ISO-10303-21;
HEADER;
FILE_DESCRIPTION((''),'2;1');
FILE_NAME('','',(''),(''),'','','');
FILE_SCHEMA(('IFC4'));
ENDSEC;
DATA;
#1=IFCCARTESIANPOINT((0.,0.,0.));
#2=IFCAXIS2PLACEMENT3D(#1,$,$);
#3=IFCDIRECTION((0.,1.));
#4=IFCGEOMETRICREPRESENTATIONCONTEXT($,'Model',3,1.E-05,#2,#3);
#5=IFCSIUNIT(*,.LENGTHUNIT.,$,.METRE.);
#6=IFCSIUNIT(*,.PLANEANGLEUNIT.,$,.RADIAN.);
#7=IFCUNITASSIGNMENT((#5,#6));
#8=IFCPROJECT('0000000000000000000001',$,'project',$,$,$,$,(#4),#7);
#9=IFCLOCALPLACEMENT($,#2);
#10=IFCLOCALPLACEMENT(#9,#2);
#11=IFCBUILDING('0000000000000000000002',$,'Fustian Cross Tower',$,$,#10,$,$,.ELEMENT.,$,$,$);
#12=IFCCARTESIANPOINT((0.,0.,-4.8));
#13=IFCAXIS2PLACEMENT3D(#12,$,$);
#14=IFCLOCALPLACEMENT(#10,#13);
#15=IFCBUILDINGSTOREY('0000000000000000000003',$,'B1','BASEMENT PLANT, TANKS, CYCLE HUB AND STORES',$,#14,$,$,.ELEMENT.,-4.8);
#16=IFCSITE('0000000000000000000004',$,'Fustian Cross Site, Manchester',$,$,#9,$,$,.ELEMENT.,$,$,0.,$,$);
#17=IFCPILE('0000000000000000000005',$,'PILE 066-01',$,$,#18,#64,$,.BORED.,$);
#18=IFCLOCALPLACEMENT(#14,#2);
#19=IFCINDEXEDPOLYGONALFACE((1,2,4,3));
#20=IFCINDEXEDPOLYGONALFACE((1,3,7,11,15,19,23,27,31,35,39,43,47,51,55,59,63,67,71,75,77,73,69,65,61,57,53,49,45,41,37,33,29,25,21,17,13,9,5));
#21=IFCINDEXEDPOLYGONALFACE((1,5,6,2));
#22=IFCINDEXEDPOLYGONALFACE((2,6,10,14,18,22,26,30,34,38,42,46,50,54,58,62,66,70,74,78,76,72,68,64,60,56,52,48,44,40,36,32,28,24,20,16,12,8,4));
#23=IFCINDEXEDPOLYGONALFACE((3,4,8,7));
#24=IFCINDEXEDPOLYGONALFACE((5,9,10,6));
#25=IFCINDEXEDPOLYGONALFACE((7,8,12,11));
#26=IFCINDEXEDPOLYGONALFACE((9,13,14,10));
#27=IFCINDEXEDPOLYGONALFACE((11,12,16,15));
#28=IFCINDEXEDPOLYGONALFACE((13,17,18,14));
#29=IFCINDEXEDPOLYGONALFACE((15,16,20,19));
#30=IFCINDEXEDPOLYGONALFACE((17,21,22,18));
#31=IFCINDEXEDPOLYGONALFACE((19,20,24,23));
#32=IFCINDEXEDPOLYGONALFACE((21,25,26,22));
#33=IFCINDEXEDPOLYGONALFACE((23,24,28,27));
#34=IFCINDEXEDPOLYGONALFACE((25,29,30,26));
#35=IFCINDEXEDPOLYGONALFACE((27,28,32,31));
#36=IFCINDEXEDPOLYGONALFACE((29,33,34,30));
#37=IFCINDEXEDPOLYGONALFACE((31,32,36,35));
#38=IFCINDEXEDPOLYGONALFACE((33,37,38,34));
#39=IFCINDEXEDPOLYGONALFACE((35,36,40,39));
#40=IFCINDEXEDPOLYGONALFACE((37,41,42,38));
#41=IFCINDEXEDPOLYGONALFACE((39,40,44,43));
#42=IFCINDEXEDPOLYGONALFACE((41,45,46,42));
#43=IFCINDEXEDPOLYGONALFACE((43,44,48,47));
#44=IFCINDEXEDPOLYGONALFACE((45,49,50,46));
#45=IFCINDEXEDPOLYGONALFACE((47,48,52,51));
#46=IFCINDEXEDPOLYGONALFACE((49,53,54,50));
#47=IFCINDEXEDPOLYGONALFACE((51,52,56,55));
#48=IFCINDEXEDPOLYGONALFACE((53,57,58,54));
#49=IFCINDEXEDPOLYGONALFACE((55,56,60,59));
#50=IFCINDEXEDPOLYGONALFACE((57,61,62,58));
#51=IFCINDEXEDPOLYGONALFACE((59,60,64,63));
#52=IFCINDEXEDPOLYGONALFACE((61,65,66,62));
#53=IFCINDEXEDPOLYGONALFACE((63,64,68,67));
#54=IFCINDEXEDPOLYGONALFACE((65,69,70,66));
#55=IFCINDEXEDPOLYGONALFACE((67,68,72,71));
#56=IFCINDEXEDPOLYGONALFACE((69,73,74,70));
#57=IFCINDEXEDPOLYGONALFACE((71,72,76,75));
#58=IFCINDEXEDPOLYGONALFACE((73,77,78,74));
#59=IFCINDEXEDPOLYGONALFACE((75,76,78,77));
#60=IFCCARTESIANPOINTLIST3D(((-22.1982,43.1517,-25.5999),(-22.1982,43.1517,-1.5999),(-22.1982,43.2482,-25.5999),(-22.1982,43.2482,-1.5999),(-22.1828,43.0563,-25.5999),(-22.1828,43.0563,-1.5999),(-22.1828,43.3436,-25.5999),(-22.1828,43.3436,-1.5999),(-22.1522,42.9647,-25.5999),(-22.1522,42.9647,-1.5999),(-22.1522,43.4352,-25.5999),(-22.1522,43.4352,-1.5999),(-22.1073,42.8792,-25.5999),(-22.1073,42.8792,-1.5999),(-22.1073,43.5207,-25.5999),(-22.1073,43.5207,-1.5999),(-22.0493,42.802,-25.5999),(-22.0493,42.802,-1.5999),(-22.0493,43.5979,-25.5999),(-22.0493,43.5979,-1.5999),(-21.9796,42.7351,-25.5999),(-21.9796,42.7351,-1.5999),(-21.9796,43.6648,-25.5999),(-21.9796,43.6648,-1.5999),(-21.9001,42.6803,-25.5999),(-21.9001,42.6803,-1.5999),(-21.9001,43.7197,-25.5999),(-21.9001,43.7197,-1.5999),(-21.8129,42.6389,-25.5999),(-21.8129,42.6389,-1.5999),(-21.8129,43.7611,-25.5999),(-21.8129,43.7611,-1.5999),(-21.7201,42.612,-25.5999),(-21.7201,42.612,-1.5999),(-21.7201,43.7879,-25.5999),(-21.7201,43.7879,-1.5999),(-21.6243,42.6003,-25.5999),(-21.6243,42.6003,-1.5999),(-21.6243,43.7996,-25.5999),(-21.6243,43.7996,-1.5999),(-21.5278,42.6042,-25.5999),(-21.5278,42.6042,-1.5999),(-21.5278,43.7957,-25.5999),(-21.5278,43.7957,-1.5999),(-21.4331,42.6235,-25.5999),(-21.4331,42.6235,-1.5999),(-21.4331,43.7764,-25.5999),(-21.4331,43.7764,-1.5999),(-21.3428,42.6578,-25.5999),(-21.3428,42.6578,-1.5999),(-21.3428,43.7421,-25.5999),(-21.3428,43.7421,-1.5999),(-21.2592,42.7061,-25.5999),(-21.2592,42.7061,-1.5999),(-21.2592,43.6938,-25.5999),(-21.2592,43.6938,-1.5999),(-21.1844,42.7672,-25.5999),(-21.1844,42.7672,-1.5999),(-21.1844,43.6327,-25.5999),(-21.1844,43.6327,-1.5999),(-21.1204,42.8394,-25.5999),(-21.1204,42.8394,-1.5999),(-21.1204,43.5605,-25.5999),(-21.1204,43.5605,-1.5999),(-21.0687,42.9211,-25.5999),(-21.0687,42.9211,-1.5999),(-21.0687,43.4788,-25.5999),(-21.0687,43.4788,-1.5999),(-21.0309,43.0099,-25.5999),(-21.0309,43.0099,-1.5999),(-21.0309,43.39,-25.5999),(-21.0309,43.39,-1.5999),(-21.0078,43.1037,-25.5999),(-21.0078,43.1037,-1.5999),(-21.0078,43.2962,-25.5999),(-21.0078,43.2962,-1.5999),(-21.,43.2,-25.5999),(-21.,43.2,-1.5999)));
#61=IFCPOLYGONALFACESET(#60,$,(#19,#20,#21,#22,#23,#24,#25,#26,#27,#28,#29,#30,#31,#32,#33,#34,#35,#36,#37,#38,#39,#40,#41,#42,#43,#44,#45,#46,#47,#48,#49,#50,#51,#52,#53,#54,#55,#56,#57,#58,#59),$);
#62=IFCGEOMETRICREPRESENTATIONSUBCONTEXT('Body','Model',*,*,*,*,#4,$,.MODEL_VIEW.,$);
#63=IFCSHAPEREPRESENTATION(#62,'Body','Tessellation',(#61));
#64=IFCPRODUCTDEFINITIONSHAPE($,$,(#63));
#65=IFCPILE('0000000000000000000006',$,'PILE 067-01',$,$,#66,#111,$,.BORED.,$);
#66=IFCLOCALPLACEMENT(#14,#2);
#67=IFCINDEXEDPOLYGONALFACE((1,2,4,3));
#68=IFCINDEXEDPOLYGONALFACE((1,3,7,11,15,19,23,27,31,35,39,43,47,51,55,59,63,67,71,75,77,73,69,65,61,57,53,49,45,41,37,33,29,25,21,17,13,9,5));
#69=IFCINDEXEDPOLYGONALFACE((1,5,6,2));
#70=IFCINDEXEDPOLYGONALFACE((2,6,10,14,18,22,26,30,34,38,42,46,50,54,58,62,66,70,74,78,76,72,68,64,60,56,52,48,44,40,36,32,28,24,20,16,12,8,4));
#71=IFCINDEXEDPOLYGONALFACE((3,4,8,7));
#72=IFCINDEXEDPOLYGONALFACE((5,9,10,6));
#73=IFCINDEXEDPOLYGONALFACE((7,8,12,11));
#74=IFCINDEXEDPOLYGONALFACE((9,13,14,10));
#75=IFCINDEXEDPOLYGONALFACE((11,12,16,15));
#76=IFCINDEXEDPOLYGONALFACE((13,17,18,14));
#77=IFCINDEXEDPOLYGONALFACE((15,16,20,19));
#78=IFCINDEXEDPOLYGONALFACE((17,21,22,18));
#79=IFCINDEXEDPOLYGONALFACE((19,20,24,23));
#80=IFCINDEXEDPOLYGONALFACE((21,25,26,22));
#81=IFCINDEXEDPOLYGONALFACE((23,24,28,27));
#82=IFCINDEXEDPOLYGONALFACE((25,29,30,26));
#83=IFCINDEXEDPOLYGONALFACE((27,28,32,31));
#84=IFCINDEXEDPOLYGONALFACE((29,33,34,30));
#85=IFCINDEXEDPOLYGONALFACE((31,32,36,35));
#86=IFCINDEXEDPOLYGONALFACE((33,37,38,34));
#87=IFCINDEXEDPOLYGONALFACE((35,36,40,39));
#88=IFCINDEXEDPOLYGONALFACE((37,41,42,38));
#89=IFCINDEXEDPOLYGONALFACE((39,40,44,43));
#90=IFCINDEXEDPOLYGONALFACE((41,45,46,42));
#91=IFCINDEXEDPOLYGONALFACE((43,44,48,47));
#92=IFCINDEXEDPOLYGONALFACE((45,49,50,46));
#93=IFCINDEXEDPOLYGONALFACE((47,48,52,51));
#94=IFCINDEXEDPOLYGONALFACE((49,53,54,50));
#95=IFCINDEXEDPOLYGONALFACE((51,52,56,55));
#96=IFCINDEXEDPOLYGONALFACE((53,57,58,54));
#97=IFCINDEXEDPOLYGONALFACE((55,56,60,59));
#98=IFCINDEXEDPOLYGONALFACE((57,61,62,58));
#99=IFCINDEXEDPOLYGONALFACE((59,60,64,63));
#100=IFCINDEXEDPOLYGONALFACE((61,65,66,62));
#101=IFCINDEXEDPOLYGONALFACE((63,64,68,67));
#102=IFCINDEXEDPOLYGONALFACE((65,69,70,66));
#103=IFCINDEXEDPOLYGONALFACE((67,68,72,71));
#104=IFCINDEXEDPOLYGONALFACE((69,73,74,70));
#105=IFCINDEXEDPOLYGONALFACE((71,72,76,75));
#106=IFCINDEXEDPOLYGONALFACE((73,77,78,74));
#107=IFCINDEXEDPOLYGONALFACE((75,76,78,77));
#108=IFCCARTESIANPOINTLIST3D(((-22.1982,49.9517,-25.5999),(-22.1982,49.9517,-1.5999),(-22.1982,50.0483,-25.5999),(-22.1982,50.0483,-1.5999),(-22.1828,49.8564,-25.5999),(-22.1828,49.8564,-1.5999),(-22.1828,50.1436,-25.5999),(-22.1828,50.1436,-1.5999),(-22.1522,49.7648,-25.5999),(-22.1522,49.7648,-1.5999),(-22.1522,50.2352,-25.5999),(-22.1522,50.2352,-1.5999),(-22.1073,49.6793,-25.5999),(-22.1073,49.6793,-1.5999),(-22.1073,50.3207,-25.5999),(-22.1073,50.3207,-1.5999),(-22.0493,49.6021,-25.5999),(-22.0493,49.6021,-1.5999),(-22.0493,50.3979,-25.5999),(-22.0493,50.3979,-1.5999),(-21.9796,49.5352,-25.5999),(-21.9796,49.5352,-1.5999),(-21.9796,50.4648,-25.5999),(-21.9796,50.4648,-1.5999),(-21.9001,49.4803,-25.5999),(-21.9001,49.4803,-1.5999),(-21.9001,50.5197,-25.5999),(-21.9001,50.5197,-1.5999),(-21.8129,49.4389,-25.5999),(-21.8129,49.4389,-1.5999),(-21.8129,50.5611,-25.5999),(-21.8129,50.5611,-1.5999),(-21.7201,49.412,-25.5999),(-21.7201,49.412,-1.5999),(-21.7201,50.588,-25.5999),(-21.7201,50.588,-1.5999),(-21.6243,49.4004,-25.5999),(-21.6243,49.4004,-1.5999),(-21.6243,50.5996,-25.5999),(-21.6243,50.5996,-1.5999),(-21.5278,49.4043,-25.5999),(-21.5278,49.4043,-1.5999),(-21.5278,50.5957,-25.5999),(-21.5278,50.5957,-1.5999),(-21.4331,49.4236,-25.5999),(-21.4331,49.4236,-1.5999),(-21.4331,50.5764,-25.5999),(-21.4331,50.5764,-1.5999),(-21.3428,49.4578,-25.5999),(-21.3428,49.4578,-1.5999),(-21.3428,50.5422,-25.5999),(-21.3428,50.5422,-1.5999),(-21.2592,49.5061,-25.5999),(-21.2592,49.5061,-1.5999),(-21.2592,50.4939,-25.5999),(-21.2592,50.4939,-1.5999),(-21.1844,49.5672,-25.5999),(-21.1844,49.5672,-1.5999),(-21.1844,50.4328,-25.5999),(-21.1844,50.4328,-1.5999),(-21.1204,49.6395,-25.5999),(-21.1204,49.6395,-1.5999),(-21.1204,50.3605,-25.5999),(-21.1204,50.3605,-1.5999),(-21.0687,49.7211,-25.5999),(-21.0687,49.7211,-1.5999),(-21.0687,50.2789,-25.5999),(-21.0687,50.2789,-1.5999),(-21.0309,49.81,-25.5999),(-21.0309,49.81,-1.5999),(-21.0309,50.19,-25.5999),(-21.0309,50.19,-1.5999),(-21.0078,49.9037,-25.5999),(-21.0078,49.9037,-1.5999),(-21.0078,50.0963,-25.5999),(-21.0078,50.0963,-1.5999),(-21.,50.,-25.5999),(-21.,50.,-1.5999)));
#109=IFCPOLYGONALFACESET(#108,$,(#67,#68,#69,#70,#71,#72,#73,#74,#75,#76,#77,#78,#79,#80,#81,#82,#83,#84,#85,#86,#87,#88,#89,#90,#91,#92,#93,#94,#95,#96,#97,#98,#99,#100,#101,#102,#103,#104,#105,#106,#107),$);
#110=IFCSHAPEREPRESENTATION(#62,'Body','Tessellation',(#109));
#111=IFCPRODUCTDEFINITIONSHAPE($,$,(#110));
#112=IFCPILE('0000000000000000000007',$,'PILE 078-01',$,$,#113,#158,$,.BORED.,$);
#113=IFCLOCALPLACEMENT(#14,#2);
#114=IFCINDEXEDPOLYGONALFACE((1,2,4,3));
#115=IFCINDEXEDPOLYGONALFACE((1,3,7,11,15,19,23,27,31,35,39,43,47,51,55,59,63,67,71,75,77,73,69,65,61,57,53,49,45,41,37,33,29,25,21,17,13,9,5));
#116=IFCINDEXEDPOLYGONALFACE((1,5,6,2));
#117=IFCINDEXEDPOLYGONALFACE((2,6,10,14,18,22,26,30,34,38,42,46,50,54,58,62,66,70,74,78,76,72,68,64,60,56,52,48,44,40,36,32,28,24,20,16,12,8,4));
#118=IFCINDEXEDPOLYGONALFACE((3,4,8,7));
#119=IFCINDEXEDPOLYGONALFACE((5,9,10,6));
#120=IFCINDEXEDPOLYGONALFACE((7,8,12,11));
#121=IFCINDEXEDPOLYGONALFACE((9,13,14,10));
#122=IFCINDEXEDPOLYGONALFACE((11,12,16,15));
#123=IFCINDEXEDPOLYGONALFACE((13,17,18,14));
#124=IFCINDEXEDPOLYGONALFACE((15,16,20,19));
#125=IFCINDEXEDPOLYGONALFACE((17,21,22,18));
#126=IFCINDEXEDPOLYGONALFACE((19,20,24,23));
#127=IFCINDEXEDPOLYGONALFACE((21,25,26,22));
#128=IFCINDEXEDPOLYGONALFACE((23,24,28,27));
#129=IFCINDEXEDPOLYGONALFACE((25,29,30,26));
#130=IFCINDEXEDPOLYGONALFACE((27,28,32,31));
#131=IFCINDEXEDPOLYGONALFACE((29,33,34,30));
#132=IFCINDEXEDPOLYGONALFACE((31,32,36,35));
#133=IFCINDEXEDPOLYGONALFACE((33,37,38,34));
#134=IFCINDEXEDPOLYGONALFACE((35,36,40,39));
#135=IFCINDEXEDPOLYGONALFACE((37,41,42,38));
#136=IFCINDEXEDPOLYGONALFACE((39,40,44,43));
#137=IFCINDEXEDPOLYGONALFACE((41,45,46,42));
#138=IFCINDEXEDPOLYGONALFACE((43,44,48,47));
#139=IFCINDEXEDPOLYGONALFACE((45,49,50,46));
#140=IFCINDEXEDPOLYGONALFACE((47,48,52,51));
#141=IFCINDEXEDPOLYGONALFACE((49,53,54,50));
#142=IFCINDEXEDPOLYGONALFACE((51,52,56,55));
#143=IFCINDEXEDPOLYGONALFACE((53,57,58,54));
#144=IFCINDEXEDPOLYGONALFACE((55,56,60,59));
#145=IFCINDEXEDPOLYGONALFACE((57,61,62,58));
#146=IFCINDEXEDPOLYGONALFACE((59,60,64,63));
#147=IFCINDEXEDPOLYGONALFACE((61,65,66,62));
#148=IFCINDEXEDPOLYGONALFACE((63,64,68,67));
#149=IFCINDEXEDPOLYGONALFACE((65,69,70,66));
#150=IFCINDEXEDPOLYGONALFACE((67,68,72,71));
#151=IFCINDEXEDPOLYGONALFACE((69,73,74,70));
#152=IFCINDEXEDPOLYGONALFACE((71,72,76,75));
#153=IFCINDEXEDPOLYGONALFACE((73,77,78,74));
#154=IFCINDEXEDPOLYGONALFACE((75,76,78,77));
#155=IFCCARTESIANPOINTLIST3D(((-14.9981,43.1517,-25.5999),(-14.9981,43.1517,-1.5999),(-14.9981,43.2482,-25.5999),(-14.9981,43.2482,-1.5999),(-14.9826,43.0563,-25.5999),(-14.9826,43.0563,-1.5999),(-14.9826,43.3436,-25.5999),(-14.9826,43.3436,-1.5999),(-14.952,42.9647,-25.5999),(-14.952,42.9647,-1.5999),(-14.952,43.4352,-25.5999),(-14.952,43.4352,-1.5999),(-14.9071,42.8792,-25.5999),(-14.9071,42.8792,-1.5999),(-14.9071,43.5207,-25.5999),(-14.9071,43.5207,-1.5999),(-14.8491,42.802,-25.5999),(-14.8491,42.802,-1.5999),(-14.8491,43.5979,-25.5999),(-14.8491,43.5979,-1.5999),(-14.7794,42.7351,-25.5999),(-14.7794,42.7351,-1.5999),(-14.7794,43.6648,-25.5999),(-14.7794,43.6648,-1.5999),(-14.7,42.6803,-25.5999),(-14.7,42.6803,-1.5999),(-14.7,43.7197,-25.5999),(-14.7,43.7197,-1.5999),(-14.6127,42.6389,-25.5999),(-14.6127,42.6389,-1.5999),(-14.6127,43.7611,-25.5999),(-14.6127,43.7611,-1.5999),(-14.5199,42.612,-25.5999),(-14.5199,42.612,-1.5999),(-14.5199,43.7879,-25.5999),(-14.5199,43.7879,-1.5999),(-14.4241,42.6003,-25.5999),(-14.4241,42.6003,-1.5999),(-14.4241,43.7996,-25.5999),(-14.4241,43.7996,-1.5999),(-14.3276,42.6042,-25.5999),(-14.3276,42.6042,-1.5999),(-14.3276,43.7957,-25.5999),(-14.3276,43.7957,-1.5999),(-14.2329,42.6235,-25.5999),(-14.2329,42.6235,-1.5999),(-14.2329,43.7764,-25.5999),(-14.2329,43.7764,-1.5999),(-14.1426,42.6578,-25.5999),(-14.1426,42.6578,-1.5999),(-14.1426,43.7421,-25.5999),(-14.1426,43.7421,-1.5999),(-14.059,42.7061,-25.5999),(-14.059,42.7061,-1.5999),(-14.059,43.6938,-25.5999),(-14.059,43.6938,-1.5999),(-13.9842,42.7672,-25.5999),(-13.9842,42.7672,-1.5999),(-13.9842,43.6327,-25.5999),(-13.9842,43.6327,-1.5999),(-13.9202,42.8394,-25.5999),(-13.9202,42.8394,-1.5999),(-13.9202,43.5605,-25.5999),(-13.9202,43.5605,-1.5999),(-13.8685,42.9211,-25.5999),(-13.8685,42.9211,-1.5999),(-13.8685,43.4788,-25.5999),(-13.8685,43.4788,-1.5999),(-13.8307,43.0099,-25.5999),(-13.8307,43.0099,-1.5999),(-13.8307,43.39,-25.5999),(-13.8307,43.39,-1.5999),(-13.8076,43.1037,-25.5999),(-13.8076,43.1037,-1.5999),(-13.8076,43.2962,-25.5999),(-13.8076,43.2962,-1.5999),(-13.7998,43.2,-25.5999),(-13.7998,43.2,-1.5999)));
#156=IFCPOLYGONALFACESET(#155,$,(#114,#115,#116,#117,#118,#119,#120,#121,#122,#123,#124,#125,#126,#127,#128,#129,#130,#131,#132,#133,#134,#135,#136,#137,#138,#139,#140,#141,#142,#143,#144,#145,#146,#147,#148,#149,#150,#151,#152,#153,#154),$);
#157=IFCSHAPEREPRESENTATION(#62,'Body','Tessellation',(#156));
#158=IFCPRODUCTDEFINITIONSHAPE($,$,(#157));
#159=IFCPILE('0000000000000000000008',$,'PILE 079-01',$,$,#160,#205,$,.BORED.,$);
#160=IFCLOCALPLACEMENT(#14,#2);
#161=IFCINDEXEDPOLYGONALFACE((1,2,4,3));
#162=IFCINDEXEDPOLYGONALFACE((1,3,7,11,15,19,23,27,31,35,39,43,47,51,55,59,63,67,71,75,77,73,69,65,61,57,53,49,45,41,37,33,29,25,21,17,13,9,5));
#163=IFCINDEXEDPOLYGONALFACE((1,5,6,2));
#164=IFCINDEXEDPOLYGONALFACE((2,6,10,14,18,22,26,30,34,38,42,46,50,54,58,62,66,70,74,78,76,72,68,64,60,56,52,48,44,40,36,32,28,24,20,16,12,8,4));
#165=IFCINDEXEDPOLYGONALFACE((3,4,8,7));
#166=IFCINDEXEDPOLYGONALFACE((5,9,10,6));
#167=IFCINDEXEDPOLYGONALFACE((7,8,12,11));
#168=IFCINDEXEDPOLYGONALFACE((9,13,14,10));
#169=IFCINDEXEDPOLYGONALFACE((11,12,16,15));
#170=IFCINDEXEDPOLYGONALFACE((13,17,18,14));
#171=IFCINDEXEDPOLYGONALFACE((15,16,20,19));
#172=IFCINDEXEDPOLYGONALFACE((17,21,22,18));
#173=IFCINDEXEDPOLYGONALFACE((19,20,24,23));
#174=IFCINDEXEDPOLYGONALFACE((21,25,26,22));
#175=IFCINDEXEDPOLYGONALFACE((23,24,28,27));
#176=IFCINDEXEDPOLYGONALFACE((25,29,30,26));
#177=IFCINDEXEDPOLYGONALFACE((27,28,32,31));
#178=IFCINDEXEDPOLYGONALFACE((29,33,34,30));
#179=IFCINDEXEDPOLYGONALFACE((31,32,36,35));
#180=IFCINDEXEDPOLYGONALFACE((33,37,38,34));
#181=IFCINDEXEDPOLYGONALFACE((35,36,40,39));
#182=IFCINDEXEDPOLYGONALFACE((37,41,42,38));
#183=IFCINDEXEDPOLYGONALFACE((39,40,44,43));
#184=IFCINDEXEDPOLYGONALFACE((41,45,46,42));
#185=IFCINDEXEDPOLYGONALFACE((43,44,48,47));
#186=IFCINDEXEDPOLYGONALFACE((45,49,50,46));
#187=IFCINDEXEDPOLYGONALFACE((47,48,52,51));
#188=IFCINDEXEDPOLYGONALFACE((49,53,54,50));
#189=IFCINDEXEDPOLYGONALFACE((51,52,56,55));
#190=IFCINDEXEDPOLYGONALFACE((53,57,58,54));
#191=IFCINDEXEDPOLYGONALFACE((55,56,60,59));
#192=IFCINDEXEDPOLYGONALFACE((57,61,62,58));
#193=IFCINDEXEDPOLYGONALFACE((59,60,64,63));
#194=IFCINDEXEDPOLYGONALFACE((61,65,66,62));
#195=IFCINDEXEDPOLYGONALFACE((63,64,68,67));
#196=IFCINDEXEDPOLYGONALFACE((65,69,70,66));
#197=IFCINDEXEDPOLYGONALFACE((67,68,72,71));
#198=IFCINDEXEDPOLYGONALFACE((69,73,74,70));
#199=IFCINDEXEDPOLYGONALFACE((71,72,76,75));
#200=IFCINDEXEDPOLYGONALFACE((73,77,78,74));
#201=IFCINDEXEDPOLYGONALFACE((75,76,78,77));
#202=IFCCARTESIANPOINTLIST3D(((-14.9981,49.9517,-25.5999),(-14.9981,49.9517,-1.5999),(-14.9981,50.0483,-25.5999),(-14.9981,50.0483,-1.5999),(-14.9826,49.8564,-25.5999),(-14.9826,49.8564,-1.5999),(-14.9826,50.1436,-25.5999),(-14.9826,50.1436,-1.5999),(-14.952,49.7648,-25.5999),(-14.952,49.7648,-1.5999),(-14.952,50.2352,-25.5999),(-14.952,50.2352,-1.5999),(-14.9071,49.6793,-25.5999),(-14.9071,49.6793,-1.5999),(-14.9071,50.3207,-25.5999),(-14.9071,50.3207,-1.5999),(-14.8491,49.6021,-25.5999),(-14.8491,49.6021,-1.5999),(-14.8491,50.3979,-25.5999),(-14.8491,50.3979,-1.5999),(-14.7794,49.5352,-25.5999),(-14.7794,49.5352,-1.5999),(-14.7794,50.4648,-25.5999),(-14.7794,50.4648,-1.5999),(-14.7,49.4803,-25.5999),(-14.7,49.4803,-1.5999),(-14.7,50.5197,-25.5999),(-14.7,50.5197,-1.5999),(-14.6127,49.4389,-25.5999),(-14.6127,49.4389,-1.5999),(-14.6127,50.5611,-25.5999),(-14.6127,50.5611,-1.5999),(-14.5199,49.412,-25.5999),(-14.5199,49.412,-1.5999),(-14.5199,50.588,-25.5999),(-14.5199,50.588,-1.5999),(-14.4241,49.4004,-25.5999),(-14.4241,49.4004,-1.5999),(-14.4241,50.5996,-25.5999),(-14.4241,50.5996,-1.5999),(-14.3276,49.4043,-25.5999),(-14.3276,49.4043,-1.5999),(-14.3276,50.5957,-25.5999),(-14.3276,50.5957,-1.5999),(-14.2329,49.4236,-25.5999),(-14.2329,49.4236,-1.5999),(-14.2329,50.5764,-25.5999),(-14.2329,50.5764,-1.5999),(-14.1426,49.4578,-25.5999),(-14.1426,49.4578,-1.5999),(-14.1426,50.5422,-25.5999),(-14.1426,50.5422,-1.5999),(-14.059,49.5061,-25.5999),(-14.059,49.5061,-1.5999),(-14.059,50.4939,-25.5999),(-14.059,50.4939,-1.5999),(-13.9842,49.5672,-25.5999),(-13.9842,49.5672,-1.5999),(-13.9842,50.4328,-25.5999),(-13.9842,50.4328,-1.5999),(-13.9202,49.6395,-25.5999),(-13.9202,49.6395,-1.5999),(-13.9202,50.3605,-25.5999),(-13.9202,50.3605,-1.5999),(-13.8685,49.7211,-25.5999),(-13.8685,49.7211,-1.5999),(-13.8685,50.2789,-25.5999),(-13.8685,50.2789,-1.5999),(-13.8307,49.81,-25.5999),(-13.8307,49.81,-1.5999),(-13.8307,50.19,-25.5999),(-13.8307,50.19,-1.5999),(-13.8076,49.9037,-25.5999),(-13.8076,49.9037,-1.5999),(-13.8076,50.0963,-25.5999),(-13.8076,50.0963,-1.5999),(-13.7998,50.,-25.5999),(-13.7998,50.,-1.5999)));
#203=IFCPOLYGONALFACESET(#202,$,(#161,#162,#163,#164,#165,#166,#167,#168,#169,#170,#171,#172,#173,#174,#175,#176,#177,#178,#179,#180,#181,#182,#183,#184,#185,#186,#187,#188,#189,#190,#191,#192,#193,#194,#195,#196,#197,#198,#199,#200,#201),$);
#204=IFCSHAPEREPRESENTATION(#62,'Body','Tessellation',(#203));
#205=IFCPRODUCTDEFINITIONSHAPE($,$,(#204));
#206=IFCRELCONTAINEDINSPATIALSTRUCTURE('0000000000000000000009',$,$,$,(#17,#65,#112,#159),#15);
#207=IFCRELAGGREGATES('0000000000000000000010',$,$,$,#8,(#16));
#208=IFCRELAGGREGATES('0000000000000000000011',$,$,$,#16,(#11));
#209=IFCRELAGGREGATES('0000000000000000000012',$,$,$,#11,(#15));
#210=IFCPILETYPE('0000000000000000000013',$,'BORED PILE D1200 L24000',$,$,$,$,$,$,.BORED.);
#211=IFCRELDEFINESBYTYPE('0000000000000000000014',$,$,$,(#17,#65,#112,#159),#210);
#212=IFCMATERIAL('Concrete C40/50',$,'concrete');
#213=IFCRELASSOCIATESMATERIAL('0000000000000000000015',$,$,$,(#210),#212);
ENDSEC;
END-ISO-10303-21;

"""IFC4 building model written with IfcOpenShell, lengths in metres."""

from ifc_helpers import new_model, si_unit, direction, frame, origin, origin_2d, place, context, subcontext, project, spatial, circle, extrude, material, material_profile, profile_set, type_object, element, save


model = new_model("IFC4")

# Units and contexts
model_context = context("Model", 3, precision=1e-05, world=origin(), true_north=direction((0.0, 1.0)))
body_context = subcontext(model_context, "Body", "Model", "MODEL_VIEW")
ifc_project = project(units=[si_unit("LENGTHUNIT", "METRE"), si_unit("PLANEANGLEUNIT", "RADIAN")], contexts=[model_context])

# Site, building, storey
site_placement = place(None, origin())
site = spatial("IfcSite", under=ifc_project, at=site_placement, Name="Fustian Cross Site, Manchester", CompositionType="ELEMENT", RefElevation=0.0)
building_placement = place(site_placement, origin())
building = spatial("IfcBuilding", under=site, at=building_placement, Name="Fustian Cross Tower", CompositionType="ELEMENT")
storey_placement = place(building_placement, frame((0.0, 0.0, -4.8)))
storey = spatial("IfcBuildingStorey", under=building, at=storey_placement, Name="B1", Description="BASEMENT PLANT, TANKS, CYCLE HUB AND STORES", CompositionType="ELEMENT", Elevation=-4.8)

# Piles
ifc_material_1 = material(Name="Concrete C40/50", Category="concrete")
ifc_material_profile_1 = material_profile(ifc_material_1, circle(Radius=0.6001, at=origin_2d()), Name="BORED PILE D1200 L24000")
ifc_profile_set_1 = profile_set([ifc_material_profile_1], Name="Concrete C40/50")
pile_type_1 = type_object("IfcPileType", Name="BORED PILE D1200 L24000", PredefinedType="BORED", material=ifc_profile_set_1)
for number, where, z_axis, x_axis, name in (
    (1, (-21.6001, 43.2, -1.5999), (0.0, 0.0, -1.0), (1.0, 0.0, 0.0), "PILE 066-01"),
    (2, (-21.6001, 50.0, -1.5999), (0.0, 0.0, -1.0), (1.0, 0.0, 0.0), "PILE 067-01"),
    (3, (-14.3999, 43.2, -1.5999), (0.0, 0.0, -1.0), (1.0, 0.0, 0.0), "PILE 078-01"),
    (4, (-14.3999, 50.0, -1.5999), (0.0, 0.0, -1.0), (1.0, 0.0, 0.0), "PILE 079-01"),
):
    element("IfcPile", number, at=place(storey_placement, frame(where, z_axis=z_axis, x_axis=x_axis)), inside=storey, type_object=pile_type_1, Name=name, PredefinedType="BORED", context=body_context, shape_type="SweptSolid", body=[
        extrude(circle(Radius=0.6001, at=origin_2d()), origin(), (0.0, 0.0, 1.0), 24.0),
    ])

save(model, "model.ifc")
